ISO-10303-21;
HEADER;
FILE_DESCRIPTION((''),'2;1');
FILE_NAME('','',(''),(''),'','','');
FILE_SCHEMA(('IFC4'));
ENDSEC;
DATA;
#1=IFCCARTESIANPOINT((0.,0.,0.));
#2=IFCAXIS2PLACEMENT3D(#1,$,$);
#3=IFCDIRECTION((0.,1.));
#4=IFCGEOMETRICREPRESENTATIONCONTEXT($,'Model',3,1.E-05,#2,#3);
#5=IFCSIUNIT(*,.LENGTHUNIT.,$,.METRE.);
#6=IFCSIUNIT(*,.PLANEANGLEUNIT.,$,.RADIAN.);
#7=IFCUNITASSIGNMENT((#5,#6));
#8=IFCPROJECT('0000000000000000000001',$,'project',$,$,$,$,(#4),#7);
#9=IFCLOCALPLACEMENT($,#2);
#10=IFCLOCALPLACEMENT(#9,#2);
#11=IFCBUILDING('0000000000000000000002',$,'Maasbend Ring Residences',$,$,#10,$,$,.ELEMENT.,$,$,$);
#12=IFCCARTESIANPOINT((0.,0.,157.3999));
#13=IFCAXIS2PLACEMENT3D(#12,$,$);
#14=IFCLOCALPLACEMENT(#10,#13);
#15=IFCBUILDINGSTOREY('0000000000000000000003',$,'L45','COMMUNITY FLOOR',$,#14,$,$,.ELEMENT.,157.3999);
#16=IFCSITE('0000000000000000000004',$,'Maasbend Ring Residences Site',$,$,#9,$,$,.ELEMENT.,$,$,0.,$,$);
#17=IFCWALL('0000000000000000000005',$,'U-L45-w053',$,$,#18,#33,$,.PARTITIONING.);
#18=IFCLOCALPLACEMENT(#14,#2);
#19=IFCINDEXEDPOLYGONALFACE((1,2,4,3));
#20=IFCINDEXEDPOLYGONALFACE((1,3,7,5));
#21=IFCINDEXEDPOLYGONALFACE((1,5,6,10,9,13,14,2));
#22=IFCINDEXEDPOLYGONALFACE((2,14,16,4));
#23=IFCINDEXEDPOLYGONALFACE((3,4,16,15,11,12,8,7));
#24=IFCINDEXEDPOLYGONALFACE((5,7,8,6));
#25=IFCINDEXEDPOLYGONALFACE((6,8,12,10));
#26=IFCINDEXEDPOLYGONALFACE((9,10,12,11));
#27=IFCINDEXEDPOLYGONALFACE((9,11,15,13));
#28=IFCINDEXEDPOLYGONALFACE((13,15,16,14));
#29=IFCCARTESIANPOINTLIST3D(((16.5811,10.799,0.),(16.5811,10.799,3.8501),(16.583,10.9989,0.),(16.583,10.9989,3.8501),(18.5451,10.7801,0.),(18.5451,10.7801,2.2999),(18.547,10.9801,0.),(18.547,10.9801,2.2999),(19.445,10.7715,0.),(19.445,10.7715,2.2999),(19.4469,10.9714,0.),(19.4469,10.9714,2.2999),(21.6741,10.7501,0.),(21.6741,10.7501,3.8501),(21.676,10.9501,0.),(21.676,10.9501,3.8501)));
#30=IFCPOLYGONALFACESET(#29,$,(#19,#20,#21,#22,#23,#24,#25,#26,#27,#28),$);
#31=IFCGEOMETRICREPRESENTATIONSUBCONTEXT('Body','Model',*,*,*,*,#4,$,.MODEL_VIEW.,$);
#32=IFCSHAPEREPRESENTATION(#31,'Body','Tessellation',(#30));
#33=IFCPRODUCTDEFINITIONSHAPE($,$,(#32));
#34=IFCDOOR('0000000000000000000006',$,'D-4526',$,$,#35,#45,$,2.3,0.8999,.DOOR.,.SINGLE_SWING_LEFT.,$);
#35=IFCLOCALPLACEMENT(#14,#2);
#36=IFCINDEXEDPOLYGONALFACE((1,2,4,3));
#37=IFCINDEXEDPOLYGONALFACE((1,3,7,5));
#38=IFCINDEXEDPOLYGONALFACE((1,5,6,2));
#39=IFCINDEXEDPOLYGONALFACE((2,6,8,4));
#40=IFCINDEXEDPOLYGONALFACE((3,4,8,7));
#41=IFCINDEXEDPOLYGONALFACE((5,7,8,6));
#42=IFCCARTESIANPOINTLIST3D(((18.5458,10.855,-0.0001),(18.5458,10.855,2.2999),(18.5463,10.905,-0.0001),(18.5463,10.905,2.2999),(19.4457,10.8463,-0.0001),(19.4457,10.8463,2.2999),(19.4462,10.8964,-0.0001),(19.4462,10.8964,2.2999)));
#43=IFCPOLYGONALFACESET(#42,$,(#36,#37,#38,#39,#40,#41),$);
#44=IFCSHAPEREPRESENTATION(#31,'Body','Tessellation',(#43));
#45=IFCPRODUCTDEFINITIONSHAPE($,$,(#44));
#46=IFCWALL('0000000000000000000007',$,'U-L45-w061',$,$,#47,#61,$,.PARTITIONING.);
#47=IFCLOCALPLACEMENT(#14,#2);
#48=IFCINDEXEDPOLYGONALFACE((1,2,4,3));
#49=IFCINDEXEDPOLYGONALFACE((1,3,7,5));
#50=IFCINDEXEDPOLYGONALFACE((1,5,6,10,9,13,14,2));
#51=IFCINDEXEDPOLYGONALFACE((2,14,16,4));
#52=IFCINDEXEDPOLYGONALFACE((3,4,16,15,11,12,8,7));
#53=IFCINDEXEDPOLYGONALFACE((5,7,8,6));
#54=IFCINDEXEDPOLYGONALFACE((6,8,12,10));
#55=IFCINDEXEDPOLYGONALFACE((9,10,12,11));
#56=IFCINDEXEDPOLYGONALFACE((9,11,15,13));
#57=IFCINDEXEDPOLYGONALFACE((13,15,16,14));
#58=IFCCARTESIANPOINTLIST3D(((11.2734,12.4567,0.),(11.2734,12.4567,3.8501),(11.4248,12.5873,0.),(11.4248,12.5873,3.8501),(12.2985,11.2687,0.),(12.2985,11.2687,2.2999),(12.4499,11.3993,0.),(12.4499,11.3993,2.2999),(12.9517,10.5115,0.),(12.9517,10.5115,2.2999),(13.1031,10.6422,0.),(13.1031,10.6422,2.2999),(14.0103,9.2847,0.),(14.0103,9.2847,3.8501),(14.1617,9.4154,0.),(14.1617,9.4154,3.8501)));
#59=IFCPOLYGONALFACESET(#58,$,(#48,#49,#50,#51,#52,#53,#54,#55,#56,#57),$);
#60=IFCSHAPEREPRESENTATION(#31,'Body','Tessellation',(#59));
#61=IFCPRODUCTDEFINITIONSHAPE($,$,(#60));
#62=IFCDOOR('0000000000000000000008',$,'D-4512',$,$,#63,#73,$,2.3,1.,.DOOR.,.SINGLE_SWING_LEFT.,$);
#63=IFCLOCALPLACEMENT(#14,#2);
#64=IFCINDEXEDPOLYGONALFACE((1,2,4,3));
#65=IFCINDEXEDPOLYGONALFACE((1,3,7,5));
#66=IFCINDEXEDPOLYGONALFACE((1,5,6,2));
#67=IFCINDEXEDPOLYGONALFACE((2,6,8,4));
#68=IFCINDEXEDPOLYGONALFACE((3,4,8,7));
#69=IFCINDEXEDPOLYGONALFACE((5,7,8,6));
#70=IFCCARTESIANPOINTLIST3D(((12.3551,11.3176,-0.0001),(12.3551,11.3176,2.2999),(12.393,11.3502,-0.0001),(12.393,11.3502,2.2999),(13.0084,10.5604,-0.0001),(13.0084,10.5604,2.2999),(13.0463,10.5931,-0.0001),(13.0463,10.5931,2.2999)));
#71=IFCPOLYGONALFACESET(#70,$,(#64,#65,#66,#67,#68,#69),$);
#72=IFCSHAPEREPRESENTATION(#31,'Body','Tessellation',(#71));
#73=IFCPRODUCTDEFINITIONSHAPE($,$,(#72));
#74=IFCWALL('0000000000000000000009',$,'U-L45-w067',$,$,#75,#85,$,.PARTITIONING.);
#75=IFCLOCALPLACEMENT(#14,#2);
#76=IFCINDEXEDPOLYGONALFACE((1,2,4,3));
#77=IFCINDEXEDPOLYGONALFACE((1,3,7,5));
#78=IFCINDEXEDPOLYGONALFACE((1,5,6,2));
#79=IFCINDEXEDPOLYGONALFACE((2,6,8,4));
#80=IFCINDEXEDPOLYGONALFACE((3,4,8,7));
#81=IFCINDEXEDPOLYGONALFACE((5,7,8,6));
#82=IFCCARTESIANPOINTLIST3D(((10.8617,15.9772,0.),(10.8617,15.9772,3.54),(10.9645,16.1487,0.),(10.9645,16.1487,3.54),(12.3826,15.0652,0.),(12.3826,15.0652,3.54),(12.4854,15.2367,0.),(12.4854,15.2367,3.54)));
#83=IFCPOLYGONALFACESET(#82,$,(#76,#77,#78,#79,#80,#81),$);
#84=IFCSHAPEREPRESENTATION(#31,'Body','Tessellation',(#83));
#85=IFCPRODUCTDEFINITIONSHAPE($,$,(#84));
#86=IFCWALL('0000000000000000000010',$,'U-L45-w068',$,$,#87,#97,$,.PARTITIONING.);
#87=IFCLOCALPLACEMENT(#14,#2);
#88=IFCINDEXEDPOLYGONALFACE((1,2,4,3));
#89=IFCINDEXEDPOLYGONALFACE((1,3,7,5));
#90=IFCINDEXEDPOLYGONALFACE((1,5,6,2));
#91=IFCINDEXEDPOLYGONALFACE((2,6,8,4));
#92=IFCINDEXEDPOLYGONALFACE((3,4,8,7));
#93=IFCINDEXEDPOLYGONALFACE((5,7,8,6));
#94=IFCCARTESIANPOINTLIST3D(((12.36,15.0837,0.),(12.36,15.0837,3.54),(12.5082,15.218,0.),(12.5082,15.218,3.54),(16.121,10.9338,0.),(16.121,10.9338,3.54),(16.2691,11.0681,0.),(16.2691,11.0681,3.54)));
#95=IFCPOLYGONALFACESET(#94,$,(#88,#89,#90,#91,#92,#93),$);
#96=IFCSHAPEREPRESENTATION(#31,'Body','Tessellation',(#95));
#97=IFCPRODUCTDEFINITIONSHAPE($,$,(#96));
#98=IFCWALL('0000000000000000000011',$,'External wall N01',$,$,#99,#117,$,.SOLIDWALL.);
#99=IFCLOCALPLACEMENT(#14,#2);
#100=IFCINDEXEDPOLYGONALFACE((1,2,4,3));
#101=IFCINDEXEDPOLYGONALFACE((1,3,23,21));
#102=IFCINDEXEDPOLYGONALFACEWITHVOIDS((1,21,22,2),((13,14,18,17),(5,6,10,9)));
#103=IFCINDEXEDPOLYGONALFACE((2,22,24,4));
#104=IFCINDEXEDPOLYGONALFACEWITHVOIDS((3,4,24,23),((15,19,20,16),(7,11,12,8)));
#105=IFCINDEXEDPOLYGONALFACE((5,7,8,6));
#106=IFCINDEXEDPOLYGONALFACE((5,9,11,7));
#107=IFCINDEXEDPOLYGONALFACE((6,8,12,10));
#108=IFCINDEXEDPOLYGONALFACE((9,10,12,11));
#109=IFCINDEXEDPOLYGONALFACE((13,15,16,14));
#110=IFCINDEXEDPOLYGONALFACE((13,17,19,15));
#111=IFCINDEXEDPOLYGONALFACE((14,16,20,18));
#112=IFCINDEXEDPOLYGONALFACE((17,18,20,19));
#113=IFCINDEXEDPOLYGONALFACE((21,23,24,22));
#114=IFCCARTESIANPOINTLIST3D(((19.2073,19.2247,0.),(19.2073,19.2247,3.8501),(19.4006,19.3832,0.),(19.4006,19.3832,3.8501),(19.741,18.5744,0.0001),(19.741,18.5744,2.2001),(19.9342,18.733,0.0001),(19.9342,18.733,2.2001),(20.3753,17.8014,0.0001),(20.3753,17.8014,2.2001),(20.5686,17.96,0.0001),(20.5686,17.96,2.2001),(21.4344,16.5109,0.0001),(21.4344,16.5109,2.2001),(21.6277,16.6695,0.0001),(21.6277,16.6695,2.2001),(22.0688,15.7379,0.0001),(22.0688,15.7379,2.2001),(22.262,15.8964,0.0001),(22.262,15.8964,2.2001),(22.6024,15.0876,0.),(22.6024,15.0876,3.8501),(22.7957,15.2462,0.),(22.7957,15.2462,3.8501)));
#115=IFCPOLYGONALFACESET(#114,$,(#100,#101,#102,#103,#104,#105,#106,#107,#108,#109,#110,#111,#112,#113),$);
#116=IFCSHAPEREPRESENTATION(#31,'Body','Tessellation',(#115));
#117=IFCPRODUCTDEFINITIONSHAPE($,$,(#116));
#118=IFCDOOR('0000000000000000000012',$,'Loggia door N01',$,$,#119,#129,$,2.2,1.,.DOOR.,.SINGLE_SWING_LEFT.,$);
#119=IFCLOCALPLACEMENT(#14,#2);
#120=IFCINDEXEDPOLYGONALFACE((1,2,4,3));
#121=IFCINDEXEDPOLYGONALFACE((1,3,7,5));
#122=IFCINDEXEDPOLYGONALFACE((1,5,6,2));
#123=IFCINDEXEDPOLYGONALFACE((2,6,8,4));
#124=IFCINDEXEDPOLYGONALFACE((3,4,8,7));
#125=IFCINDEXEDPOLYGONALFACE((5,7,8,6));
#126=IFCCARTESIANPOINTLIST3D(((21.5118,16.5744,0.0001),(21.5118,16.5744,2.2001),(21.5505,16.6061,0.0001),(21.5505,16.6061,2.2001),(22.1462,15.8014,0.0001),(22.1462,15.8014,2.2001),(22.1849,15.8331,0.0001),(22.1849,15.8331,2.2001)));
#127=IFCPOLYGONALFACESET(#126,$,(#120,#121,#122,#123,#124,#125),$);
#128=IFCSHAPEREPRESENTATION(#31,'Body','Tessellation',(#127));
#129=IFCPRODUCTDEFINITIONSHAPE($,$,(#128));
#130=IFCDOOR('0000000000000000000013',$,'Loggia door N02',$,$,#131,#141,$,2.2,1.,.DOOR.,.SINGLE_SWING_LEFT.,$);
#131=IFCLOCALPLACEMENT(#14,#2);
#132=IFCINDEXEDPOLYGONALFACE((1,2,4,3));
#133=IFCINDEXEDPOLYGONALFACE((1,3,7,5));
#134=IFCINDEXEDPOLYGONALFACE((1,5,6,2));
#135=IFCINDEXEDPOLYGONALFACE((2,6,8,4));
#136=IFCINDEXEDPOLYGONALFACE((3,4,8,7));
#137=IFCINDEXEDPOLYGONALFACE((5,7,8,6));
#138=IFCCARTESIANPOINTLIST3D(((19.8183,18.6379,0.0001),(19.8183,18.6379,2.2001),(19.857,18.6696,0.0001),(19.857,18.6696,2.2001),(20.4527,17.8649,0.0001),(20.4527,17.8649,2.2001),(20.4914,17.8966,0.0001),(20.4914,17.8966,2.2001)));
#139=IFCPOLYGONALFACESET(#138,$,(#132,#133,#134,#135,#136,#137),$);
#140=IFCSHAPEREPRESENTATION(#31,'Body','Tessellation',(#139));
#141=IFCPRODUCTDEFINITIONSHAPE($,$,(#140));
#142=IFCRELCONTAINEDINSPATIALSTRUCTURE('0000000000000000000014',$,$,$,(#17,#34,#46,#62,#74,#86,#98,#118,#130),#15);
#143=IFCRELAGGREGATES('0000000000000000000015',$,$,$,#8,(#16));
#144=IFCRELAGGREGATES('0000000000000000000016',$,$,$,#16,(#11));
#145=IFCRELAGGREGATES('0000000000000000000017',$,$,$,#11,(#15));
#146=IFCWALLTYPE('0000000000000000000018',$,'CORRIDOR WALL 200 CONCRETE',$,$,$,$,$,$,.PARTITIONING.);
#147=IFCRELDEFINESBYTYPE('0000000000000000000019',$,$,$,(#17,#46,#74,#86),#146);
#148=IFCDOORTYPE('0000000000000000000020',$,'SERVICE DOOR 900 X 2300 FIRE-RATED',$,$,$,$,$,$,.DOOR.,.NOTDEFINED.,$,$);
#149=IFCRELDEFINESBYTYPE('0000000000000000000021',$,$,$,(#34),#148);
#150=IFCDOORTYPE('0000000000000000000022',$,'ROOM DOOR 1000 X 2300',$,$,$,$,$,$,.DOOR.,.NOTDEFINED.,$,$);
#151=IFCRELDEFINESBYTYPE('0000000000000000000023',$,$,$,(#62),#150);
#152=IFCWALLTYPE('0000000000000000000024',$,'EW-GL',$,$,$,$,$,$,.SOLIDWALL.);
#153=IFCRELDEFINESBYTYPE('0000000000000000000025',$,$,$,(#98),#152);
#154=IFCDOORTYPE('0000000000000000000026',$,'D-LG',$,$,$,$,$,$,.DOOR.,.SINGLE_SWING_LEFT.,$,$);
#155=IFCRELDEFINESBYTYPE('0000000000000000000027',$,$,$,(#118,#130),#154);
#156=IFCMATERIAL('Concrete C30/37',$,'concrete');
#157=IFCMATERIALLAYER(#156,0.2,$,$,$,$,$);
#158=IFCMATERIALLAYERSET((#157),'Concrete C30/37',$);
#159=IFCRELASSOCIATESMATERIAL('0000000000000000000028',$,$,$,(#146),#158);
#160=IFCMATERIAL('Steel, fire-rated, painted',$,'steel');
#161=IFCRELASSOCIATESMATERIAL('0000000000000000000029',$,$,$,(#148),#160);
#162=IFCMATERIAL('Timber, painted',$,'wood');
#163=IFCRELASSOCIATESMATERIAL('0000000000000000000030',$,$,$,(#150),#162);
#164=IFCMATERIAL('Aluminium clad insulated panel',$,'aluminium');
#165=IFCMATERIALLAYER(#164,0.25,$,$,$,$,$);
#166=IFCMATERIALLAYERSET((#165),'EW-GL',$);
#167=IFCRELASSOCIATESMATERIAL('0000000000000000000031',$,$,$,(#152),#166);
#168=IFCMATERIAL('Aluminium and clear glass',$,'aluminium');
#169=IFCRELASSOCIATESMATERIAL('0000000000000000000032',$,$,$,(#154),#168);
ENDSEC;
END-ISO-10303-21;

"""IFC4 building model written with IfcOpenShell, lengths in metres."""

from ifc_helpers import new_model, si_unit, direction, frame, frame_2d, origin, place, context, subcontext, project, spatial, rectangle, extrude, material, layer, layer_set, type_object, element, fill, save


model = new_model("IFC4")

# Units and contexts
model_context = context("Model", 3, precision=1e-05, world=origin(), true_north=direction((0.0, 1.0)))
body_context = subcontext(model_context, "Body", "Model", "MODEL_VIEW")
ifc_project = project(units=[si_unit("LENGTHUNIT", "METRE"), si_unit("PLANEANGLEUNIT", "RADIAN")], contexts=[model_context])

# Site, building, storey
site_placement = place(None, origin())
site = spatial("IfcSite", under=ifc_project, at=site_placement, Name="Maasbend Ring Residences Site", CompositionType="ELEMENT", RefElevation=0.0)
building_placement = place(site_placement, origin())
building = spatial("IfcBuilding", under=site, at=building_placement, Name="Maasbend Ring Residences", CompositionType="ELEMENT")
storey_placement = place(building_placement, frame((0.0, 0.0, 157.3999)))
storey = spatial("IfcBuildingStorey", under=building, at=storey_placement, Name="L45", Description="COMMUNITY FLOOR", CompositionType="ELEMENT", Elevation=157.3999)

# Walls, openings, doors
ifc_material_1 = material(Name="Concrete C30/37", Category="concrete")
ifc_layer_1 = layer(ifc_material_1, 0.2)
ifc_layer_set_1 = layer_set([ifc_layer_1], Name="Concrete C30/37")
wall_type_1 = type_object("IfcWallType", Name="CORRIDOR WALL 200 CONCRETE", PredefinedType="PARTITIONING", material=ifc_layer_set_1)
wall_1_placement = place(storey_placement, frame((16.582, 10.8989, 0.0), z_axis=(0.0, 0.0, 1.0), x_axis=(0.999954, -0.009587, 0.0)))
wall_1 = element("IfcWall", 1, at=wall_1_placement, inside=storey, type_object=wall_type_1, Name="U-L45-w053", PredefinedType="PARTITIONING", context=body_context, shape_type="SweptSolid", body=[
    extrude(rectangle(XDim=5.0933, YDim=0.2, at=frame_2d((2.5466, 0.0))), origin(), (0.0, 0.0, 1.0), 3.8501),
])
opening_1_placement = place(wall_1_placement, frame((1.9641, 0.0, 0.0)))
opening_1 = element("IfcOpeningElement", 2, at=opening_1_placement, cuts=wall_1, PredefinedType="OPENING", context=body_context, shape_type="SweptSolid", body=[
    extrude(rectangle(XDim=0.8999, YDim=2.3, at=frame_2d((0.45, 1.1499))), frame((0.0, 0.1099, 0.0), z_axis=(0.0, -1.0, 0.0), x_axis=(1.0, 0.0, 0.0)), (0.0, 0.0, 1.0), 0.22),
])
ifc_material_2 = material(Name="Steel, fire-rated, painted", Category="steel")
door_type_1 = type_object("IfcDoorType", Name="SERVICE DOOR 900 X 2300 FIRE-RATED", OperationType="NOTDEFINED", PredefinedType="DOOR", material=ifc_material_2)
door_1_placement = place(opening_1_placement, origin())
door_1 = element("IfcDoor", 3, at=door_1_placement, inside=storey, type_object=door_type_1, Name="D-4526", OperationType="SINGLE_SWING_LEFT", OverallHeight=2.3, OverallWidth=0.8999, PredefinedType="DOOR", context=body_context, shape_type="SweptSolid", body=[
    extrude(rectangle(XDim=0.8999, YDim=2.3, at=frame_2d((0.45, 1.1499))), frame((0.0, 0.0249, 0.0), z_axis=(0.0, -1.0, 0.0), x_axis=(1.0, 0.0, 0.0)), (0.0, 0.0, 1.0), 0.05),
])
fill(opening_1, door_1)
wall_2_placement = place(storey_placement, frame((11.3491, 12.522, 0.0), z_axis=(0.0, 0.0, 1.0), x_axis=(0.653274, -0.757122, 0.0)))
wall_2 = element("IfcWall", 4, at=wall_2_placement, inside=storey, type_object=wall_type_1, Name="U-L45-w061", PredefinedType="PARTITIONING", context=body_context, shape_type="SweptSolid", body=[
    extrude(rectangle(XDim=4.1895, YDim=0.2, at=frame_2d((2.0947, 0.0))), origin(), (0.0, 0.0, 1.0), 3.8501),
])
opening_2_placement = place(wall_2_placement, frame((1.5691, 0.0, 0.0)))
opening_2 = element("IfcOpeningElement", 5, at=opening_2_placement, cuts=wall_2, PredefinedType="OPENING", context=body_context, shape_type="SweptSolid", body=[
    extrude(rectangle(XDim=1.0, YDim=2.3, at=frame_2d((0.5, 1.1499))), frame((0.0, 0.1099, 0.0), z_axis=(0.0, -1.0, 0.0), x_axis=(1.0, 0.0, 0.0)), (0.0, 0.0, 1.0), 0.22),
])
ifc_material_3 = material(Name="Timber, painted", Category="wood")
door_type_2 = type_object("IfcDoorType", Name="ROOM DOOR 1000 X 2300", OperationType="NOTDEFINED", PredefinedType="DOOR", material=ifc_material_3)
door_2_placement = place(opening_2_placement, origin())
door_2 = element("IfcDoor", 6, at=door_2_placement, inside=storey, type_object=door_type_2, Name="D-4512", OperationType="SINGLE_SWING_LEFT", OverallHeight=2.3, OverallWidth=1.0, PredefinedType="DOOR", context=body_context, shape_type="SweptSolid", body=[
    extrude(rectangle(XDim=1.0, YDim=2.3, at=frame_2d((0.5, 1.1499))), frame((0.0, 0.0249, 0.0), z_axis=(0.0, -1.0, 0.0), x_axis=(1.0, 0.0, 0.0)), (0.0, 0.0, 1.0), 0.05),
])
fill(opening_2, door_2)

# Walls
wall_3_placement = place(storey_placement, frame((10.9131, 16.063, 0.0), z_axis=(0.0, 0.0, 1.0), x_axis=(0.857614, -0.514293, 0.0)))
element("IfcWall", 7, at=wall_3_placement, inside=storey, type_object=wall_type_1, Name="U-L45-w067", PredefinedType="PARTITIONING", context=body_context, shape_type="SweptSolid", body=[
    extrude(rectangle(XDim=1.7734, YDim=0.2, at=frame_2d((0.8867, 0.0))), origin(), (0.0, 0.0, 1.0), 3.54),
])
wall_4_placement = place(storey_placement, frame((12.4341, 15.1509, 0.0), z_axis=(0.0, 0.0, 1.0), x_axis=(0.671533, -0.740975, 0.0)))
element("IfcWall", 8, at=wall_4_placement, inside=storey, type_object=wall_type_1, Name="U-L45-w068", PredefinedType="PARTITIONING", context=body_context, shape_type="SweptSolid", body=[
    extrude(rectangle(XDim=5.6006, YDim=0.2, at=frame_2d((2.8003, 0.0))), origin(), (0.0, 0.0, 1.0), 3.54),
])

# Wall, openings, doors
ifc_material_4 = material(Name="Aluminium clad insulated panel", Category="aluminium")
ifc_layer_2 = layer(ifc_material_4, 0.25)
ifc_layer_set_2 = layer_set([ifc_layer_2], Name="EW-GL")
wall_type_2 = type_object("IfcWallType", Name="EW-GL", PredefinedType="SOLIDWALL", material=ifc_layer_set_2)
wall_5_placement = place(storey_placement, frame((22.699, 15.167, 0.0), z_axis=(0.0, 0.0, 1.0), x_axis=(-0.634382, 0.773019, 0.0)))
wall_5 = element("IfcWall", 9, at=wall_5_placement, inside=storey, type_object=wall_type_2, Name="External wall N01", PredefinedType="SOLIDWALL", context=body_context, shape_type="SweptSolid", body=[
    extrude(rectangle(XDim=5.3518, YDim=0.25, at=frame_2d((2.6758, 0.0))), origin(), (0.0, 0.0, 1.0), 3.8501),
])
opening_3_placement = place(wall_5_placement, frame((0.8411, 0.0, 0.0)))
opening_3 = element("IfcOpeningElement", 10, at=opening_3_placement, cuts=wall_5, PredefinedType="OPENING", context=body_context, shape_type="SweptSolid", body=[
    extrude(rectangle(XDim=1.0, YDim=2.2, at=frame_2d((0.5, 1.1001))), frame((0.0, 0.135, 0.0), z_axis=(0.0, -1.0, 0.0), x_axis=(1.0, 0.0, 0.0)), (0.0, 0.0, 1.0), 0.27),
])
opening_4_placement = place(wall_5_placement, frame((3.5105, 0.0, 0.0)))
opening_4 = element("IfcOpeningElement", 11, at=opening_4_placement, cuts=wall_5, PredefinedType="OPENING", context=body_context, shape_type="SweptSolid", body=[
    extrude(rectangle(XDim=1.0, YDim=2.2, at=frame_2d((0.5, 1.1001))), frame((0.0, 0.135, 0.0), z_axis=(0.0, -1.0, 0.0), x_axis=(1.0, 0.0, 0.0)), (0.0, 0.0, 1.0), 0.27),
])
ifc_material_5 = material(Name="Aluminium and clear glass", Category="aluminium")
door_type_3 = type_object("IfcDoorType", Name="D-LG", OperationType="SINGLE_SWING_LEFT", PredefinedType="DOOR", material=ifc_material_5)
door_3_placement = place(opening_3_placement, origin())
door_3 = element("IfcDoor", 12, at=door_3_placement, inside=storey, type_object=door_type_3, Name="Loggia door N01", OperationType="SINGLE_SWING_LEFT", OverallHeight=2.2, OverallWidth=1.0, PredefinedType="DOOR", context=body_context, shape_type="SweptSolid", body=[
    extrude(rectangle(XDim=1.0, YDim=2.2, at=frame_2d((0.5, 1.1001))), frame((0.0, 0.0249, 0.0), z_axis=(0.0, -1.0, 0.0), x_axis=(1.0, 0.0, 0.0)), (0.0, 0.0, 1.0), 0.05),
])
fill(opening_3, door_3)
door_4_placement = place(opening_4_placement, origin())
door_4 = element("IfcDoor", 13, at=door_4_placement, inside=storey, type_object=door_type_3, Name="Loggia door N02", OperationType="SINGLE_SWING_LEFT", OverallHeight=2.2, OverallWidth=1.0, PredefinedType="DOOR", context=body_context, shape_type="SweptSolid", body=[
    extrude(rectangle(XDim=1.0, YDim=2.2, at=frame_2d((0.5, 1.1001))), frame((0.0, 0.0249, 0.0), z_axis=(0.0, -1.0, 0.0), x_axis=(1.0, 0.0, 0.0)), (0.0, 0.0, 1.0), 0.05),
])
fill(opening_4, door_4)

save(model, "model.ifc")
